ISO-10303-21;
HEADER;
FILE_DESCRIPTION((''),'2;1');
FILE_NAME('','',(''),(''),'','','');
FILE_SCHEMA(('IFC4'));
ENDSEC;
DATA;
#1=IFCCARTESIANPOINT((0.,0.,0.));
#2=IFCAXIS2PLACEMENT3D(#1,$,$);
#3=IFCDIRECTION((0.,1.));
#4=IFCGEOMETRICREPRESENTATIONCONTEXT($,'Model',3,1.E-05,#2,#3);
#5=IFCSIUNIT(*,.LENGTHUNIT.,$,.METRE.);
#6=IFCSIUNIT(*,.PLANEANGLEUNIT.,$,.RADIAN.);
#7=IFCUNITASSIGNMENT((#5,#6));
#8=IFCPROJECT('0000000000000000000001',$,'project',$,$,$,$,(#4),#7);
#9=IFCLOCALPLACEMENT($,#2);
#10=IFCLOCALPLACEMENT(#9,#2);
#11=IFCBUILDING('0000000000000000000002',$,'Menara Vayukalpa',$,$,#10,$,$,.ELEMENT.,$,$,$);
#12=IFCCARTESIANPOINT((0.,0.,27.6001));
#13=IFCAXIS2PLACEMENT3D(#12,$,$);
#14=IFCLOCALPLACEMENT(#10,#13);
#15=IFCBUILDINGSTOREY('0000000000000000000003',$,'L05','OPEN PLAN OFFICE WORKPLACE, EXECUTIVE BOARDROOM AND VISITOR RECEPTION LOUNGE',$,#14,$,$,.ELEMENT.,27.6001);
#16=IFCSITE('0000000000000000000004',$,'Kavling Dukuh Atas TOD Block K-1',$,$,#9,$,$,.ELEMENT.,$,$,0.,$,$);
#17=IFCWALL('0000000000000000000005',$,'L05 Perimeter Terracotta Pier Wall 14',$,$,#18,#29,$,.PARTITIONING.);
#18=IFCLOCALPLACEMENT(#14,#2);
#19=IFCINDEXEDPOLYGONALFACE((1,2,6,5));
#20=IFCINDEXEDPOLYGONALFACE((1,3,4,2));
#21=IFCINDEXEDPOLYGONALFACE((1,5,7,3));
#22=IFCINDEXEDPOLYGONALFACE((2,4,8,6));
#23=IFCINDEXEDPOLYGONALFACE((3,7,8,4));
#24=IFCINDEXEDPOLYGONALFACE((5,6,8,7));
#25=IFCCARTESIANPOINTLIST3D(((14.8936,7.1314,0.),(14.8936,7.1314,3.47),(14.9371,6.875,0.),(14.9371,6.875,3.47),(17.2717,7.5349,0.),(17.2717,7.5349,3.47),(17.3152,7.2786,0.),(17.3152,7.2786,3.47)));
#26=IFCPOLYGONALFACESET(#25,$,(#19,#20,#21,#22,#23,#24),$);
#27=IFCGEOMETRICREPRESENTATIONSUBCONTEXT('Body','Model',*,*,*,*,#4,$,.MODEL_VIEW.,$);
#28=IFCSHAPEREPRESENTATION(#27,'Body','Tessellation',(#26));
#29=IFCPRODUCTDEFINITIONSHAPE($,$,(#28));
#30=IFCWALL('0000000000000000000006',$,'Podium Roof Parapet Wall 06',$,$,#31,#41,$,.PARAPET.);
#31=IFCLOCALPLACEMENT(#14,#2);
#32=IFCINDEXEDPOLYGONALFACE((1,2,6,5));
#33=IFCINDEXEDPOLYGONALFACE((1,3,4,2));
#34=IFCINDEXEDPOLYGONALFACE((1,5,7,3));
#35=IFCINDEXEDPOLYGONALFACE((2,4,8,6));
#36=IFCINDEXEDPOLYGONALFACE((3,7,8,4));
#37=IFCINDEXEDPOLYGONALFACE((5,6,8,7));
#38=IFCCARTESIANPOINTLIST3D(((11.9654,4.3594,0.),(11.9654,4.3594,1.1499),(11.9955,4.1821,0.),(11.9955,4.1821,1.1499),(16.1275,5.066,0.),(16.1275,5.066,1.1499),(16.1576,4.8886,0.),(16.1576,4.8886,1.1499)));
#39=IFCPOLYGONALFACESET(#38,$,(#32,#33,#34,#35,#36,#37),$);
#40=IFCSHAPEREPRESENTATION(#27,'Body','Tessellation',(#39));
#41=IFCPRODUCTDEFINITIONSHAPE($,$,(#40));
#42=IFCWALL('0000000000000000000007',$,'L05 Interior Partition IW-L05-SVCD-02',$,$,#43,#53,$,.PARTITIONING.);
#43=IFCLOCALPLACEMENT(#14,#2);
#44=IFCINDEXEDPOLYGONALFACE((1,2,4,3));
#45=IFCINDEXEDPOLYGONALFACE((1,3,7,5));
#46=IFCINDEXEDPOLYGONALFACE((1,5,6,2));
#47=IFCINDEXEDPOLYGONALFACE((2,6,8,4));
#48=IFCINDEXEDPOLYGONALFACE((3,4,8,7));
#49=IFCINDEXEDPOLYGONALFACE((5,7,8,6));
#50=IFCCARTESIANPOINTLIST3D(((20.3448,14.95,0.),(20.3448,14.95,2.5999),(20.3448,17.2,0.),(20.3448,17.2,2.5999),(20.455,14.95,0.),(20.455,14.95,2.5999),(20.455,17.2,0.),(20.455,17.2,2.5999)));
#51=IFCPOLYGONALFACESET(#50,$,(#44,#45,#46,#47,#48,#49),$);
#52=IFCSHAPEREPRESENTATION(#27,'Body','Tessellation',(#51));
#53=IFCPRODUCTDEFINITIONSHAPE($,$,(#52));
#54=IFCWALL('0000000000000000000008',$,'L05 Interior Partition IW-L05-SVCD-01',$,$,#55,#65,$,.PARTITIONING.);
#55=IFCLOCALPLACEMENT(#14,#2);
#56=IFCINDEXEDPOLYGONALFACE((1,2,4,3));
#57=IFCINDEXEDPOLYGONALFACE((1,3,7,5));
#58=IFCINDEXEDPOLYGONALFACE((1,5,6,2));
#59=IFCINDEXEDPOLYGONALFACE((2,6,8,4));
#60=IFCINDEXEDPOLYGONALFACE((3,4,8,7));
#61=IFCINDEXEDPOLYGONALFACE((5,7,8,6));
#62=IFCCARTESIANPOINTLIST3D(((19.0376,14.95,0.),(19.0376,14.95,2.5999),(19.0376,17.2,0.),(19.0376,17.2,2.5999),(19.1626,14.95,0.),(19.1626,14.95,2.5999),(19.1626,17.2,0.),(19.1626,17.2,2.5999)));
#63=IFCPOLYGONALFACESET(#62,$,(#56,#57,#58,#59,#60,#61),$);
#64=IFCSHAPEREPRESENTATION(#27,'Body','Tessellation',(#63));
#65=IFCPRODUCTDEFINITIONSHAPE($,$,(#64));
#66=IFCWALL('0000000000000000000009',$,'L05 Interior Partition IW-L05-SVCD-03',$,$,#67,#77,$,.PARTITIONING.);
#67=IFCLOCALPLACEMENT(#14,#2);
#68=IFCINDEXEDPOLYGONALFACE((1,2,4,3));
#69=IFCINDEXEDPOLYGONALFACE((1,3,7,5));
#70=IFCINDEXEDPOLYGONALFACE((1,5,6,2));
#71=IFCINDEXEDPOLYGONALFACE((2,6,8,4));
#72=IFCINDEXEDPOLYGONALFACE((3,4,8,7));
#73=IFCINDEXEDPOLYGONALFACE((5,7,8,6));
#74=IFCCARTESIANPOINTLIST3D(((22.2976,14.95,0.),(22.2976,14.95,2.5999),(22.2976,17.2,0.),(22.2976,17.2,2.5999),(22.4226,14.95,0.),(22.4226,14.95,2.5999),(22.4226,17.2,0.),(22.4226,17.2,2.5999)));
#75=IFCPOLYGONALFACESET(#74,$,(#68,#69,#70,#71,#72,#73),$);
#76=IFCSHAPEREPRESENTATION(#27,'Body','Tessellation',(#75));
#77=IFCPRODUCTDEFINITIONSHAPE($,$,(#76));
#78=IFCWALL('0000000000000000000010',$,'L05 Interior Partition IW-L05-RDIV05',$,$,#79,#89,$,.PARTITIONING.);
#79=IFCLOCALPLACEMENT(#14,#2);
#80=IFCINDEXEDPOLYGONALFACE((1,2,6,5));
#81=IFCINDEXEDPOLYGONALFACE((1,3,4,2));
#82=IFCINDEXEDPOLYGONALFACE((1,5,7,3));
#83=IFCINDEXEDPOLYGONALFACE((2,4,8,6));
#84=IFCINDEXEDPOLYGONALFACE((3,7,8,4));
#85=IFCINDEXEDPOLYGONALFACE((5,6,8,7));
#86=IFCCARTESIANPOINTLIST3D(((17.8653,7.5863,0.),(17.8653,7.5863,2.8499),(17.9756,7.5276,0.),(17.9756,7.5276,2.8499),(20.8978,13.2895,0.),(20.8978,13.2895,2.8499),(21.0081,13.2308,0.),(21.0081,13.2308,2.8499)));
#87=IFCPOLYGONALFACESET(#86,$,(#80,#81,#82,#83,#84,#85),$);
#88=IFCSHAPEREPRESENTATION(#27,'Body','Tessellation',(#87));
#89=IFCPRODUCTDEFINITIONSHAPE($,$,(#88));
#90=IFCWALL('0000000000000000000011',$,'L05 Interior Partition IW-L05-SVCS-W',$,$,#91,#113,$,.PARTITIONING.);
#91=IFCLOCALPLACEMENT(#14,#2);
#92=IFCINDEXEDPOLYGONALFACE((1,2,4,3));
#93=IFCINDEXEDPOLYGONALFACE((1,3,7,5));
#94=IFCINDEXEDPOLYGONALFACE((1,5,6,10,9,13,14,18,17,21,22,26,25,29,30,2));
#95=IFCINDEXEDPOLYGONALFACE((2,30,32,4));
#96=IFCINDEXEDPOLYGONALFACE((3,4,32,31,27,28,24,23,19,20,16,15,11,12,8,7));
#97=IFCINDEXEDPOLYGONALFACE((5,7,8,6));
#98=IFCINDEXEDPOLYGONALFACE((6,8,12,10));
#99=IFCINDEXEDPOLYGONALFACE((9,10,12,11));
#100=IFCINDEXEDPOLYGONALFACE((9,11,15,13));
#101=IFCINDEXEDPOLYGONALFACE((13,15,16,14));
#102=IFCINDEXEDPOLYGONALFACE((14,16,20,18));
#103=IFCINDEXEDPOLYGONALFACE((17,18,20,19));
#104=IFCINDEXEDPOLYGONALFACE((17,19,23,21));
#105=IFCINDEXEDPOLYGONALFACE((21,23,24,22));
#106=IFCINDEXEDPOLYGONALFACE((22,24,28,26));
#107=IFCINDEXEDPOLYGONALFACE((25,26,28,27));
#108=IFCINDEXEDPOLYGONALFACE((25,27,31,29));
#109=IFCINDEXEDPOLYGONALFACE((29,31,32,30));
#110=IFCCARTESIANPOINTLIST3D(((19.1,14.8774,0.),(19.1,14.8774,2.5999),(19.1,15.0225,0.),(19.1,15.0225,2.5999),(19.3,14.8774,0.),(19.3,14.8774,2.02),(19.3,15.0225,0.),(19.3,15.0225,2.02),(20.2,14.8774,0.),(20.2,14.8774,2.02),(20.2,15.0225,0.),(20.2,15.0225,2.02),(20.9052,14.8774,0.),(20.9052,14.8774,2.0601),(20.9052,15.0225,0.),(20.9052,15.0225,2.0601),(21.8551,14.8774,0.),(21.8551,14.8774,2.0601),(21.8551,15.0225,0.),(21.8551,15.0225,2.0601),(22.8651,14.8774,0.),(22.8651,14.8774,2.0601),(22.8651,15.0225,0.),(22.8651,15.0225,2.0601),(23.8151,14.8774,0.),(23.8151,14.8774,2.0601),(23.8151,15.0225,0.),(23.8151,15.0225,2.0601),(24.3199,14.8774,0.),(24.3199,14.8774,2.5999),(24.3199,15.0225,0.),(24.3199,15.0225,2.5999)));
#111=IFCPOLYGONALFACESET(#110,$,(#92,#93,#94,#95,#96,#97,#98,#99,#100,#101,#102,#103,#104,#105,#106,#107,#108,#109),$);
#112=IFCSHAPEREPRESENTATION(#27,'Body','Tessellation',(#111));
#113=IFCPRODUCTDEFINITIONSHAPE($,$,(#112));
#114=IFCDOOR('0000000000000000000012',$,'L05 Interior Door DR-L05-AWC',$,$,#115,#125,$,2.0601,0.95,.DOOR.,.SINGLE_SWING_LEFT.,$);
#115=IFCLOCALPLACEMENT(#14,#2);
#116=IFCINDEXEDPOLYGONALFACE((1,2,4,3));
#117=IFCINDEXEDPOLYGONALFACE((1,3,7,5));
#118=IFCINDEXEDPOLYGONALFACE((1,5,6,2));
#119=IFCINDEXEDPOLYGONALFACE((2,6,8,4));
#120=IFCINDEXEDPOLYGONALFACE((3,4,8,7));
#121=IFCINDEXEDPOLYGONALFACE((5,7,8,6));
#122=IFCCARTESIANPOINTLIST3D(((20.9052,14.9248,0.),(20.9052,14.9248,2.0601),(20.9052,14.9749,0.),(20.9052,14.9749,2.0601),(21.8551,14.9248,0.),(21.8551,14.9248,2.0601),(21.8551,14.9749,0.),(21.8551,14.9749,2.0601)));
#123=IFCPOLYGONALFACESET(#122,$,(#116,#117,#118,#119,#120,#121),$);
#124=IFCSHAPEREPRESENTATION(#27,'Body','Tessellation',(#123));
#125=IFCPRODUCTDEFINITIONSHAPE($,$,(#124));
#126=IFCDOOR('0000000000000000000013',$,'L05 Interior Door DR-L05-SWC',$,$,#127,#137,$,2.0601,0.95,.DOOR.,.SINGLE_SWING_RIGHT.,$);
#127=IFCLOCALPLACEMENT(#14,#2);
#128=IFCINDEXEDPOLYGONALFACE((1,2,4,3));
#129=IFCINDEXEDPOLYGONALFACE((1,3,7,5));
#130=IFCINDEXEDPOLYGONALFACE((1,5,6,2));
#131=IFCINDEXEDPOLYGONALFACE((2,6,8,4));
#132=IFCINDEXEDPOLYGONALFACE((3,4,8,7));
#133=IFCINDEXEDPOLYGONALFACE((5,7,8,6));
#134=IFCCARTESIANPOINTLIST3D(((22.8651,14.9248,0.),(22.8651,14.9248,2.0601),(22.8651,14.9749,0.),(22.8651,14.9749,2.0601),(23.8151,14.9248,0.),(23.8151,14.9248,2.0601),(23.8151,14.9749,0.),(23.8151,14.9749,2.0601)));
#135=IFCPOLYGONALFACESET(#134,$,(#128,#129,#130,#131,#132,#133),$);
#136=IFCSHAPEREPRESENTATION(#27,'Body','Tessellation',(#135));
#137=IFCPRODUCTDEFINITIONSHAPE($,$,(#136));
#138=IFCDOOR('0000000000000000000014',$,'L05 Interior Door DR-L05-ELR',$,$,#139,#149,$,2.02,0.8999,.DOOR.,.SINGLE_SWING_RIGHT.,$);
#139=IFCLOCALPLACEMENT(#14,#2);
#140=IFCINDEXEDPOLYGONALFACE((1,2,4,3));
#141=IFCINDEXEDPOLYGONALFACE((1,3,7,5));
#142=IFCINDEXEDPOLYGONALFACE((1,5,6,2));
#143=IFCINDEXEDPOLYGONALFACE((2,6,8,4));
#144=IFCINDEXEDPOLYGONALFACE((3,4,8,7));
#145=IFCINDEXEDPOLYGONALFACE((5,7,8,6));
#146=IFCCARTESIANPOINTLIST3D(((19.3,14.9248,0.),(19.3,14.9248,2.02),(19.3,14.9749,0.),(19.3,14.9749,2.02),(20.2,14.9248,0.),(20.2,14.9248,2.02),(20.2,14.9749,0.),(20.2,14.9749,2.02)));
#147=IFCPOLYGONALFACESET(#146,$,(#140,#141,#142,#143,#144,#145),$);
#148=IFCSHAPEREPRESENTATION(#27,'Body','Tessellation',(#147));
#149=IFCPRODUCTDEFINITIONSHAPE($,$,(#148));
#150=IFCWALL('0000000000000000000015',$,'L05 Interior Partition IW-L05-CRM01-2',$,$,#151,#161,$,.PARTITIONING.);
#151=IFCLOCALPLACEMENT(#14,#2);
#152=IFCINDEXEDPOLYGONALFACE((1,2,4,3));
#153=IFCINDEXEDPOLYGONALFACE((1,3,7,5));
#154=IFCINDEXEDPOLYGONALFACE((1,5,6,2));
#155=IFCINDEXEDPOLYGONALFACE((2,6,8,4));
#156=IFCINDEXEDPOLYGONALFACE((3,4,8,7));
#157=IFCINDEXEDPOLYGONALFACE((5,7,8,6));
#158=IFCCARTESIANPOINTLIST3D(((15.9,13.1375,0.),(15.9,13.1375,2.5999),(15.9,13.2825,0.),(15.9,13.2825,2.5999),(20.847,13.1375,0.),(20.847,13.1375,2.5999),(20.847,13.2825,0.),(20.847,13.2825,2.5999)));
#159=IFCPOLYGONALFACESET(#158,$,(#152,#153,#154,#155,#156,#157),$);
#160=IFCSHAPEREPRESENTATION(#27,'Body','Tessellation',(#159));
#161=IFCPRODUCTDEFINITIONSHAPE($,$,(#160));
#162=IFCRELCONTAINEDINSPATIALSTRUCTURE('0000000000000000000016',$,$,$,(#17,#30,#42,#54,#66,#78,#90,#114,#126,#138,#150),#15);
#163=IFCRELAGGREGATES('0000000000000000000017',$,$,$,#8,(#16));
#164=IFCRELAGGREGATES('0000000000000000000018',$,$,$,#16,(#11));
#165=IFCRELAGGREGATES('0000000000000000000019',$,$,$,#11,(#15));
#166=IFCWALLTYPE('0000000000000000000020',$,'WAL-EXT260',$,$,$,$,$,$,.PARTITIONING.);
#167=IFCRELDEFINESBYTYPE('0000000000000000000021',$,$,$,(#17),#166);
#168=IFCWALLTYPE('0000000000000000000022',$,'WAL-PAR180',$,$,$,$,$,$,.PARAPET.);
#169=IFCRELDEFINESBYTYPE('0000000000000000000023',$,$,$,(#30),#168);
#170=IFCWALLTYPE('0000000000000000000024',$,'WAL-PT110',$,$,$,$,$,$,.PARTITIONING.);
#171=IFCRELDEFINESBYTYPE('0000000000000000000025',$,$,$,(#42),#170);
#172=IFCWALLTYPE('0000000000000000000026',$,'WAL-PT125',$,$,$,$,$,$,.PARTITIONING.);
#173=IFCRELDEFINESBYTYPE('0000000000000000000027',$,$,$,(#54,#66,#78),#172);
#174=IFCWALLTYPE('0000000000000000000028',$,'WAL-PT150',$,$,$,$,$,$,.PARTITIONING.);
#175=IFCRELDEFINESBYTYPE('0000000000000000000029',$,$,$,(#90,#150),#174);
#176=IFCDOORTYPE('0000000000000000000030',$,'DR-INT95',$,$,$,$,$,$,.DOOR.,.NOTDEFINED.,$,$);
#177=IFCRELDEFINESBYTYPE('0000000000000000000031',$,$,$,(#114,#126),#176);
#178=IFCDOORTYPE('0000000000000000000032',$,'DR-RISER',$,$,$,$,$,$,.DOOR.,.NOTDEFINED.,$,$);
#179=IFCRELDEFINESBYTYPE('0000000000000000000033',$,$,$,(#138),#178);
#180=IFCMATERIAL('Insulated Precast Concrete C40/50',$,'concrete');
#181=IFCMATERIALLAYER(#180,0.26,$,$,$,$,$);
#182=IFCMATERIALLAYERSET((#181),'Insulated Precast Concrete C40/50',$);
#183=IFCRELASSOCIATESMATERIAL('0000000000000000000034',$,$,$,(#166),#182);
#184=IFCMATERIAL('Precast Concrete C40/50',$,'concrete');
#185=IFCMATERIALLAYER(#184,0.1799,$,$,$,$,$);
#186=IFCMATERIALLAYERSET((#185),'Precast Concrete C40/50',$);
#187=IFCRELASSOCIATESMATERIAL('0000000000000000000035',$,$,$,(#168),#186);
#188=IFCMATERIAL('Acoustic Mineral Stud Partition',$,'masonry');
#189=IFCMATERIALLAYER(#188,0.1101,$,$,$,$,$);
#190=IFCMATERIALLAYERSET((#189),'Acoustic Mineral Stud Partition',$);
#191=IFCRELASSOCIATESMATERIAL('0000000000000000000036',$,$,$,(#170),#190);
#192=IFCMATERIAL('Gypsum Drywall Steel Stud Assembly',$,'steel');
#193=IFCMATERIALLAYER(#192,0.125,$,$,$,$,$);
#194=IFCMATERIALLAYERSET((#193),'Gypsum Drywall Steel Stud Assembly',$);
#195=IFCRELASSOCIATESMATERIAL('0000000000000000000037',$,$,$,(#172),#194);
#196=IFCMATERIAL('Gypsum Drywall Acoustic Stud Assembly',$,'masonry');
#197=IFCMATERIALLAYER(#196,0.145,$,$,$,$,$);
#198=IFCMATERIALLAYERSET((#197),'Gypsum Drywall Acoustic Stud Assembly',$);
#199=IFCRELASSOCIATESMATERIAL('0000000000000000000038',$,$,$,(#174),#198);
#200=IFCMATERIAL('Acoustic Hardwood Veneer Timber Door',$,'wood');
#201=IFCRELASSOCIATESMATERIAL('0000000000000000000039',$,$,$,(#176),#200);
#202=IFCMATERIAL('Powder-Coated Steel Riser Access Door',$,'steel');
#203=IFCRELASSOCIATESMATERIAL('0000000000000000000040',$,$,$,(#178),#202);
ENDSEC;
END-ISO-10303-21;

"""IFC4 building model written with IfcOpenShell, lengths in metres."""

from ifc_helpers import new_model, si_unit, direction, frame, frame_2d, origin, place, context, subcontext, project, spatial, rectangle, extrude, material, layer, layer_set, type_object, element, fill, save


model = new_model("IFC4")

# Units and contexts
model_context = context("Model", 3, precision=1e-05, world=origin(), true_north=direction((0.0, 1.0)))
body_context = subcontext(model_context, "Body", "Model", "MODEL_VIEW")
ifc_project = project(units=[si_unit("LENGTHUNIT", "METRE"), si_unit("PLANEANGLEUNIT", "RADIAN")], contexts=[model_context])

# Site, building, storey
site_placement = place(None, origin())
site = spatial("IfcSite", under=ifc_project, at=site_placement, Name="Kavling Dukuh Atas TOD Block K-1", CompositionType="ELEMENT", RefElevation=0.0)
building_placement = place(site_placement, origin())
building = spatial("IfcBuilding", under=site, at=building_placement, Name="Menara Vayukalpa", CompositionType="ELEMENT")
storey_placement = place(building_placement, frame((0.0, 0.0, 27.6001)))
storey = spatial("IfcBuildingStorey", under=building, at=storey_placement, Name="L05", Description="OPEN PLAN OFFICE WORKPLACE, EXECUTIVE BOARDROOM AND VISITOR RECEPTION LOUNGE", CompositionType="ELEMENT", Elevation=27.6001)

# Walls
ifc_material_1 = material(Name="Insulated Precast Concrete C40/50", Category="concrete")
ifc_layer_1 = layer(ifc_material_1, 0.26)
ifc_layer_set_1 = layer_set([ifc_layer_1], Name="Insulated Precast Concrete C40/50")
wall_type_1 = type_object("IfcWallType", Name="WAL-EXT260", PredefinedType="PARTITIONING", material=ifc_layer_set_1)
wall_1_placement = place(storey_placement, frame((17.2935, 7.4067, 0.0), z_axis=(0.0, 0.0, 1.0), x_axis=(-0.985905, -0.167303, 0.0)))
element("IfcWall", 1, at=wall_1_placement, inside=storey, type_object=wall_type_1, Name="L05 Perimeter Terracotta Pier Wall 14", PredefinedType="PARTITIONING", context=body_context, shape_type="SweptSolid", body=[
    extrude(rectangle(XDim=2.4121, YDim=0.26, at=frame_2d((1.2061, 0.0))), origin(), (0.0, 0.0, 1.0), 3.47),
])
ifc_material_2 = material(Name="Precast Concrete C40/50", Category="concrete")
ifc_layer_2 = layer(ifc_material_2, 0.1799)
ifc_layer_set_2 = layer_set([ifc_layer_2], Name="Precast Concrete C40/50")
wall_type_2 = type_object("IfcWallType", Name="WAL-PAR180", PredefinedType="PARAPET", material=ifc_layer_set_2)
wall_2_placement = place(storey_placement, frame((16.1426, 4.9773, 0.0), z_axis=(0.0, 0.0, 1.0), x_axis=(-0.985896, -0.167362, 0.0)))
element("IfcWall", 2, at=wall_2_placement, inside=storey, type_object=wall_type_2, Name="Podium Roof Parapet Wall 06", PredefinedType="PARAPET", context=body_context, shape_type="SweptSolid", body=[
    extrude(rectangle(XDim=4.2217, YDim=0.1799, at=frame_2d((2.1108, 0.0))), origin(), (0.0, 0.0, 1.0), 1.1499),
])
ifc_material_3 = material(Name="Acoustic Mineral Stud Partition", Category="masonry")
ifc_layer_3 = layer(ifc_material_3, 0.1101)
ifc_layer_set_3 = layer_set([ifc_layer_3], Name="Acoustic Mineral Stud Partition")
wall_type_3 = type_object("IfcWallType", Name="WAL-PT110", PredefinedType="PARTITIONING", material=ifc_layer_set_3)
wall_3_placement = place(storey_placement, frame((20.3999, 14.95, 0.0), z_axis=(0.0, 0.0, 1.0), x_axis=(0.0, 1.0, 0.0)))
element("IfcWall", 3, at=wall_3_placement, inside=storey, type_object=wall_type_3, Name="L05 Interior Partition IW-L05-SVCD-02", PredefinedType="PARTITIONING", context=body_context, shape_type="SweptSolid", body=[
    extrude(rectangle(XDim=2.25, YDim=0.1101, at=frame_2d((1.125, 0.0))), origin(), (0.0, 0.0, 1.0), 2.5999),
])
ifc_material_4 = material(Name="Gypsum Drywall Steel Stud Assembly", Category="steel")
ifc_layer_4 = layer(ifc_material_4, 0.125)
ifc_layer_set_4 = layer_set([ifc_layer_4], Name="Gypsum Drywall Steel Stud Assembly")
wall_type_4 = type_object("IfcWallType", Name="WAL-PT125", PredefinedType="PARTITIONING", material=ifc_layer_set_4)
for number, where, z_axis, x_axis, name in (
    (4, (19.1001, 14.95, 0.0), (0.0, 0.0, 1.0), (0.0, 1.0, 0.0), "L05 Interior Partition IW-L05-SVCD-01"),
    (5, (22.3601, 14.95, 0.0), (0.0, 0.0, 1.0), (0.0, 1.0, 0.0), "L05 Interior Partition IW-L05-SVCD-03"),
):
    element("IfcWall", number, at=place(storey_placement, frame(where, z_axis=z_axis, x_axis=x_axis)), inside=storey, type_object=wall_type_4, Name=name, PredefinedType="PARTITIONING", context=body_context, shape_type="SweptSolid", body=[
        extrude(rectangle(XDim=2.25, YDim=0.125, at=frame_2d((1.125, 0.0))), origin(), (0.0, 0.0, 1.0), 2.5999),
    ])
wall_4_placement = place(storey_placement, frame((20.9529, 13.26, 0.0), z_axis=(0.0, 0.0, 1.0), x_axis=(-0.469479, -0.882943, 0.0)))
element("IfcWall", 6, at=wall_4_placement, inside=storey, type_object=wall_type_4, Name="L05 Interior Partition IW-L05-RDIV05", PredefinedType="PARTITIONING", context=body_context, shape_type="SweptSolid", body=[
    extrude(rectangle(XDim=6.4592, YDim=0.125, at=frame_2d((3.2295, 0.0))), origin(), (0.0, 0.0, 1.0), 2.8499),
])

# Wall, openings, doors
ifc_material_5 = material(Name="Gypsum Drywall Acoustic Stud Assembly", Category="masonry")
ifc_layer_5 = layer(ifc_material_5, 0.145)
ifc_layer_set_5 = layer_set([ifc_layer_5], Name="Gypsum Drywall Acoustic Stud Assembly")
wall_type_5 = type_object("IfcWallType", Name="WAL-PT150", PredefinedType="PARTITIONING", material=ifc_layer_set_5)
wall_5_placement = place(storey_placement, frame((19.1001, 14.95, 0.0), z_axis=(0.0, 0.0, 1.0), x_axis=(1.0, 0.0, 0.0)))
wall_5 = element("IfcWall", 7, at=wall_5_placement, inside=storey, type_object=wall_type_5, Name="L05 Interior Partition IW-L05-SVCS-W", PredefinedType="PARTITIONING", context=body_context, shape_type="SweptSolid", body=[
    extrude(rectangle(XDim=5.22, YDim=0.145, at=frame_2d((2.6099, 0.0))), origin(), (0.0, 0.0, 1.0), 2.5999),
])
opening_1_placement = place(wall_5_placement, frame((0.2, 0.0, 0.0)))
opening_1 = element("IfcOpeningElement", 8, at=opening_1_placement, cuts=wall_5, PredefinedType="OPENING", context=body_context, shape_type="SweptSolid", body=[
    extrude(rectangle(XDim=0.8999, YDim=2.02, at=frame_2d((0.45, 1.01))), frame((0.0, 0.0825, 0.0), z_axis=(0.0, -1.0, 0.0), x_axis=(1.0, 0.0, 0.0)), (0.0, 0.0, 1.0), 0.165),
])
opening_2_placement = place(wall_5_placement, frame((1.8049, 0.0, 0.0)))
opening_2 = element("IfcOpeningElement", 9, at=opening_2_placement, cuts=wall_5, PredefinedType="OPENING", context=body_context, shape_type="SweptSolid", body=[
    extrude(rectangle(XDim=0.95, YDim=2.0601, at=frame_2d((0.4751, 1.03))), frame((0.0, 0.0825, 0.0), z_axis=(0.0, -1.0, 0.0), x_axis=(1.0, 0.0, 0.0)), (0.0, 0.0, 1.0), 0.165),
])
opening_3_placement = place(wall_5_placement, frame((3.7649, 0.0, 0.0)))
opening_3 = element("IfcOpeningElement", 10, at=opening_3_placement, cuts=wall_5, PredefinedType="OPENING", context=body_context, shape_type="SweptSolid", body=[
    extrude(rectangle(XDim=0.95, YDim=2.0601, at=frame_2d((0.4751, 1.03))), frame((0.0, 0.0825, 0.0), z_axis=(0.0, -1.0, 0.0), x_axis=(1.0, 0.0, 0.0)), (0.0, 0.0, 1.0), 0.165),
])
ifc_material_6 = material(Name="Acoustic Hardwood Veneer Timber Door", Category="wood")
door_type_1 = type_object("IfcDoorType", Name="DR-INT95", OperationType="NOTDEFINED", PredefinedType="DOOR", material=ifc_material_6)
door_1_placement = place(opening_2_placement, origin())
door_1 = element("IfcDoor", 11, at=door_1_placement, inside=storey, type_object=door_type_1, Name="L05 Interior Door DR-L05-AWC", OperationType="SINGLE_SWING_LEFT", OverallHeight=2.0601, OverallWidth=0.95, PredefinedType="DOOR", context=body_context, shape_type="SweptSolid", body=[
    extrude(rectangle(XDim=0.95, YDim=2.0601, at=frame_2d((0.4751, 1.03))), frame((0.0, 0.0249, 0.0), z_axis=(0.0, -1.0, 0.0), x_axis=(1.0, 0.0, 0.0)), (0.0, 0.0, 1.0), 0.05),
])
fill(opening_2, door_1)
door_2_placement = place(opening_3_placement, origin())
door_2 = element("IfcDoor", 12, at=door_2_placement, inside=storey, type_object=door_type_1, Name="L05 Interior Door DR-L05-SWC", OperationType="SINGLE_SWING_RIGHT", OverallHeight=2.0601, OverallWidth=0.95, PredefinedType="DOOR", context=body_context, shape_type="SweptSolid", body=[
    extrude(rectangle(XDim=0.95, YDim=2.0601, at=frame_2d((0.4751, 1.03))), frame((0.0, 0.0249, 0.0), z_axis=(0.0, -1.0, 0.0), x_axis=(1.0, 0.0, 0.0)), (0.0, 0.0, 1.0), 0.05),
])
fill(opening_3, door_2)
ifc_material_7 = material(Name="Powder-Coated Steel Riser Access Door", Category="steel")
door_type_2 = type_object("IfcDoorType", Name="DR-RISER", OperationType="NOTDEFINED", PredefinedType="DOOR", material=ifc_material_7)
door_3_placement = place(opening_1_placement, origin())
door_3 = element("IfcDoor", 13, at=door_3_placement, inside=storey, type_object=door_type_2, Name="L05 Interior Door DR-L05-ELR", OperationType="SINGLE_SWING_RIGHT", OverallHeight=2.02, OverallWidth=0.8999, PredefinedType="DOOR", context=body_context, shape_type="SweptSolid", body=[
    extrude(rectangle(XDim=0.8999, YDim=2.02, at=frame_2d((0.45, 1.01))), frame((0.0, 0.0249, 0.0), z_axis=(0.0, -1.0, 0.0), x_axis=(1.0, 0.0, 0.0)), (0.0, 0.0, 1.0), 0.05),
])
fill(opening_1, door_3)

# Wall
wall_6_placement = place(storey_placement, frame((15.8999, 13.21, 0.0), z_axis=(0.0, 0.0, 1.0), x_axis=(1.0, 0.0, 0.0)))
element("IfcWall", 14, at=wall_6_placement, inside=storey, type_object=wall_type_5, Name="L05 Interior Partition IW-L05-CRM01-2", PredefinedType="PARTITIONING", context=body_context, shape_type="SweptSolid", body=[
    extrude(rectangle(XDim=4.947, YDim=0.145, at=frame_2d((2.4736, 0.0))), origin(), (0.0, 0.0, 1.0), 2.5999),
])

save(model, "model.ifc")
